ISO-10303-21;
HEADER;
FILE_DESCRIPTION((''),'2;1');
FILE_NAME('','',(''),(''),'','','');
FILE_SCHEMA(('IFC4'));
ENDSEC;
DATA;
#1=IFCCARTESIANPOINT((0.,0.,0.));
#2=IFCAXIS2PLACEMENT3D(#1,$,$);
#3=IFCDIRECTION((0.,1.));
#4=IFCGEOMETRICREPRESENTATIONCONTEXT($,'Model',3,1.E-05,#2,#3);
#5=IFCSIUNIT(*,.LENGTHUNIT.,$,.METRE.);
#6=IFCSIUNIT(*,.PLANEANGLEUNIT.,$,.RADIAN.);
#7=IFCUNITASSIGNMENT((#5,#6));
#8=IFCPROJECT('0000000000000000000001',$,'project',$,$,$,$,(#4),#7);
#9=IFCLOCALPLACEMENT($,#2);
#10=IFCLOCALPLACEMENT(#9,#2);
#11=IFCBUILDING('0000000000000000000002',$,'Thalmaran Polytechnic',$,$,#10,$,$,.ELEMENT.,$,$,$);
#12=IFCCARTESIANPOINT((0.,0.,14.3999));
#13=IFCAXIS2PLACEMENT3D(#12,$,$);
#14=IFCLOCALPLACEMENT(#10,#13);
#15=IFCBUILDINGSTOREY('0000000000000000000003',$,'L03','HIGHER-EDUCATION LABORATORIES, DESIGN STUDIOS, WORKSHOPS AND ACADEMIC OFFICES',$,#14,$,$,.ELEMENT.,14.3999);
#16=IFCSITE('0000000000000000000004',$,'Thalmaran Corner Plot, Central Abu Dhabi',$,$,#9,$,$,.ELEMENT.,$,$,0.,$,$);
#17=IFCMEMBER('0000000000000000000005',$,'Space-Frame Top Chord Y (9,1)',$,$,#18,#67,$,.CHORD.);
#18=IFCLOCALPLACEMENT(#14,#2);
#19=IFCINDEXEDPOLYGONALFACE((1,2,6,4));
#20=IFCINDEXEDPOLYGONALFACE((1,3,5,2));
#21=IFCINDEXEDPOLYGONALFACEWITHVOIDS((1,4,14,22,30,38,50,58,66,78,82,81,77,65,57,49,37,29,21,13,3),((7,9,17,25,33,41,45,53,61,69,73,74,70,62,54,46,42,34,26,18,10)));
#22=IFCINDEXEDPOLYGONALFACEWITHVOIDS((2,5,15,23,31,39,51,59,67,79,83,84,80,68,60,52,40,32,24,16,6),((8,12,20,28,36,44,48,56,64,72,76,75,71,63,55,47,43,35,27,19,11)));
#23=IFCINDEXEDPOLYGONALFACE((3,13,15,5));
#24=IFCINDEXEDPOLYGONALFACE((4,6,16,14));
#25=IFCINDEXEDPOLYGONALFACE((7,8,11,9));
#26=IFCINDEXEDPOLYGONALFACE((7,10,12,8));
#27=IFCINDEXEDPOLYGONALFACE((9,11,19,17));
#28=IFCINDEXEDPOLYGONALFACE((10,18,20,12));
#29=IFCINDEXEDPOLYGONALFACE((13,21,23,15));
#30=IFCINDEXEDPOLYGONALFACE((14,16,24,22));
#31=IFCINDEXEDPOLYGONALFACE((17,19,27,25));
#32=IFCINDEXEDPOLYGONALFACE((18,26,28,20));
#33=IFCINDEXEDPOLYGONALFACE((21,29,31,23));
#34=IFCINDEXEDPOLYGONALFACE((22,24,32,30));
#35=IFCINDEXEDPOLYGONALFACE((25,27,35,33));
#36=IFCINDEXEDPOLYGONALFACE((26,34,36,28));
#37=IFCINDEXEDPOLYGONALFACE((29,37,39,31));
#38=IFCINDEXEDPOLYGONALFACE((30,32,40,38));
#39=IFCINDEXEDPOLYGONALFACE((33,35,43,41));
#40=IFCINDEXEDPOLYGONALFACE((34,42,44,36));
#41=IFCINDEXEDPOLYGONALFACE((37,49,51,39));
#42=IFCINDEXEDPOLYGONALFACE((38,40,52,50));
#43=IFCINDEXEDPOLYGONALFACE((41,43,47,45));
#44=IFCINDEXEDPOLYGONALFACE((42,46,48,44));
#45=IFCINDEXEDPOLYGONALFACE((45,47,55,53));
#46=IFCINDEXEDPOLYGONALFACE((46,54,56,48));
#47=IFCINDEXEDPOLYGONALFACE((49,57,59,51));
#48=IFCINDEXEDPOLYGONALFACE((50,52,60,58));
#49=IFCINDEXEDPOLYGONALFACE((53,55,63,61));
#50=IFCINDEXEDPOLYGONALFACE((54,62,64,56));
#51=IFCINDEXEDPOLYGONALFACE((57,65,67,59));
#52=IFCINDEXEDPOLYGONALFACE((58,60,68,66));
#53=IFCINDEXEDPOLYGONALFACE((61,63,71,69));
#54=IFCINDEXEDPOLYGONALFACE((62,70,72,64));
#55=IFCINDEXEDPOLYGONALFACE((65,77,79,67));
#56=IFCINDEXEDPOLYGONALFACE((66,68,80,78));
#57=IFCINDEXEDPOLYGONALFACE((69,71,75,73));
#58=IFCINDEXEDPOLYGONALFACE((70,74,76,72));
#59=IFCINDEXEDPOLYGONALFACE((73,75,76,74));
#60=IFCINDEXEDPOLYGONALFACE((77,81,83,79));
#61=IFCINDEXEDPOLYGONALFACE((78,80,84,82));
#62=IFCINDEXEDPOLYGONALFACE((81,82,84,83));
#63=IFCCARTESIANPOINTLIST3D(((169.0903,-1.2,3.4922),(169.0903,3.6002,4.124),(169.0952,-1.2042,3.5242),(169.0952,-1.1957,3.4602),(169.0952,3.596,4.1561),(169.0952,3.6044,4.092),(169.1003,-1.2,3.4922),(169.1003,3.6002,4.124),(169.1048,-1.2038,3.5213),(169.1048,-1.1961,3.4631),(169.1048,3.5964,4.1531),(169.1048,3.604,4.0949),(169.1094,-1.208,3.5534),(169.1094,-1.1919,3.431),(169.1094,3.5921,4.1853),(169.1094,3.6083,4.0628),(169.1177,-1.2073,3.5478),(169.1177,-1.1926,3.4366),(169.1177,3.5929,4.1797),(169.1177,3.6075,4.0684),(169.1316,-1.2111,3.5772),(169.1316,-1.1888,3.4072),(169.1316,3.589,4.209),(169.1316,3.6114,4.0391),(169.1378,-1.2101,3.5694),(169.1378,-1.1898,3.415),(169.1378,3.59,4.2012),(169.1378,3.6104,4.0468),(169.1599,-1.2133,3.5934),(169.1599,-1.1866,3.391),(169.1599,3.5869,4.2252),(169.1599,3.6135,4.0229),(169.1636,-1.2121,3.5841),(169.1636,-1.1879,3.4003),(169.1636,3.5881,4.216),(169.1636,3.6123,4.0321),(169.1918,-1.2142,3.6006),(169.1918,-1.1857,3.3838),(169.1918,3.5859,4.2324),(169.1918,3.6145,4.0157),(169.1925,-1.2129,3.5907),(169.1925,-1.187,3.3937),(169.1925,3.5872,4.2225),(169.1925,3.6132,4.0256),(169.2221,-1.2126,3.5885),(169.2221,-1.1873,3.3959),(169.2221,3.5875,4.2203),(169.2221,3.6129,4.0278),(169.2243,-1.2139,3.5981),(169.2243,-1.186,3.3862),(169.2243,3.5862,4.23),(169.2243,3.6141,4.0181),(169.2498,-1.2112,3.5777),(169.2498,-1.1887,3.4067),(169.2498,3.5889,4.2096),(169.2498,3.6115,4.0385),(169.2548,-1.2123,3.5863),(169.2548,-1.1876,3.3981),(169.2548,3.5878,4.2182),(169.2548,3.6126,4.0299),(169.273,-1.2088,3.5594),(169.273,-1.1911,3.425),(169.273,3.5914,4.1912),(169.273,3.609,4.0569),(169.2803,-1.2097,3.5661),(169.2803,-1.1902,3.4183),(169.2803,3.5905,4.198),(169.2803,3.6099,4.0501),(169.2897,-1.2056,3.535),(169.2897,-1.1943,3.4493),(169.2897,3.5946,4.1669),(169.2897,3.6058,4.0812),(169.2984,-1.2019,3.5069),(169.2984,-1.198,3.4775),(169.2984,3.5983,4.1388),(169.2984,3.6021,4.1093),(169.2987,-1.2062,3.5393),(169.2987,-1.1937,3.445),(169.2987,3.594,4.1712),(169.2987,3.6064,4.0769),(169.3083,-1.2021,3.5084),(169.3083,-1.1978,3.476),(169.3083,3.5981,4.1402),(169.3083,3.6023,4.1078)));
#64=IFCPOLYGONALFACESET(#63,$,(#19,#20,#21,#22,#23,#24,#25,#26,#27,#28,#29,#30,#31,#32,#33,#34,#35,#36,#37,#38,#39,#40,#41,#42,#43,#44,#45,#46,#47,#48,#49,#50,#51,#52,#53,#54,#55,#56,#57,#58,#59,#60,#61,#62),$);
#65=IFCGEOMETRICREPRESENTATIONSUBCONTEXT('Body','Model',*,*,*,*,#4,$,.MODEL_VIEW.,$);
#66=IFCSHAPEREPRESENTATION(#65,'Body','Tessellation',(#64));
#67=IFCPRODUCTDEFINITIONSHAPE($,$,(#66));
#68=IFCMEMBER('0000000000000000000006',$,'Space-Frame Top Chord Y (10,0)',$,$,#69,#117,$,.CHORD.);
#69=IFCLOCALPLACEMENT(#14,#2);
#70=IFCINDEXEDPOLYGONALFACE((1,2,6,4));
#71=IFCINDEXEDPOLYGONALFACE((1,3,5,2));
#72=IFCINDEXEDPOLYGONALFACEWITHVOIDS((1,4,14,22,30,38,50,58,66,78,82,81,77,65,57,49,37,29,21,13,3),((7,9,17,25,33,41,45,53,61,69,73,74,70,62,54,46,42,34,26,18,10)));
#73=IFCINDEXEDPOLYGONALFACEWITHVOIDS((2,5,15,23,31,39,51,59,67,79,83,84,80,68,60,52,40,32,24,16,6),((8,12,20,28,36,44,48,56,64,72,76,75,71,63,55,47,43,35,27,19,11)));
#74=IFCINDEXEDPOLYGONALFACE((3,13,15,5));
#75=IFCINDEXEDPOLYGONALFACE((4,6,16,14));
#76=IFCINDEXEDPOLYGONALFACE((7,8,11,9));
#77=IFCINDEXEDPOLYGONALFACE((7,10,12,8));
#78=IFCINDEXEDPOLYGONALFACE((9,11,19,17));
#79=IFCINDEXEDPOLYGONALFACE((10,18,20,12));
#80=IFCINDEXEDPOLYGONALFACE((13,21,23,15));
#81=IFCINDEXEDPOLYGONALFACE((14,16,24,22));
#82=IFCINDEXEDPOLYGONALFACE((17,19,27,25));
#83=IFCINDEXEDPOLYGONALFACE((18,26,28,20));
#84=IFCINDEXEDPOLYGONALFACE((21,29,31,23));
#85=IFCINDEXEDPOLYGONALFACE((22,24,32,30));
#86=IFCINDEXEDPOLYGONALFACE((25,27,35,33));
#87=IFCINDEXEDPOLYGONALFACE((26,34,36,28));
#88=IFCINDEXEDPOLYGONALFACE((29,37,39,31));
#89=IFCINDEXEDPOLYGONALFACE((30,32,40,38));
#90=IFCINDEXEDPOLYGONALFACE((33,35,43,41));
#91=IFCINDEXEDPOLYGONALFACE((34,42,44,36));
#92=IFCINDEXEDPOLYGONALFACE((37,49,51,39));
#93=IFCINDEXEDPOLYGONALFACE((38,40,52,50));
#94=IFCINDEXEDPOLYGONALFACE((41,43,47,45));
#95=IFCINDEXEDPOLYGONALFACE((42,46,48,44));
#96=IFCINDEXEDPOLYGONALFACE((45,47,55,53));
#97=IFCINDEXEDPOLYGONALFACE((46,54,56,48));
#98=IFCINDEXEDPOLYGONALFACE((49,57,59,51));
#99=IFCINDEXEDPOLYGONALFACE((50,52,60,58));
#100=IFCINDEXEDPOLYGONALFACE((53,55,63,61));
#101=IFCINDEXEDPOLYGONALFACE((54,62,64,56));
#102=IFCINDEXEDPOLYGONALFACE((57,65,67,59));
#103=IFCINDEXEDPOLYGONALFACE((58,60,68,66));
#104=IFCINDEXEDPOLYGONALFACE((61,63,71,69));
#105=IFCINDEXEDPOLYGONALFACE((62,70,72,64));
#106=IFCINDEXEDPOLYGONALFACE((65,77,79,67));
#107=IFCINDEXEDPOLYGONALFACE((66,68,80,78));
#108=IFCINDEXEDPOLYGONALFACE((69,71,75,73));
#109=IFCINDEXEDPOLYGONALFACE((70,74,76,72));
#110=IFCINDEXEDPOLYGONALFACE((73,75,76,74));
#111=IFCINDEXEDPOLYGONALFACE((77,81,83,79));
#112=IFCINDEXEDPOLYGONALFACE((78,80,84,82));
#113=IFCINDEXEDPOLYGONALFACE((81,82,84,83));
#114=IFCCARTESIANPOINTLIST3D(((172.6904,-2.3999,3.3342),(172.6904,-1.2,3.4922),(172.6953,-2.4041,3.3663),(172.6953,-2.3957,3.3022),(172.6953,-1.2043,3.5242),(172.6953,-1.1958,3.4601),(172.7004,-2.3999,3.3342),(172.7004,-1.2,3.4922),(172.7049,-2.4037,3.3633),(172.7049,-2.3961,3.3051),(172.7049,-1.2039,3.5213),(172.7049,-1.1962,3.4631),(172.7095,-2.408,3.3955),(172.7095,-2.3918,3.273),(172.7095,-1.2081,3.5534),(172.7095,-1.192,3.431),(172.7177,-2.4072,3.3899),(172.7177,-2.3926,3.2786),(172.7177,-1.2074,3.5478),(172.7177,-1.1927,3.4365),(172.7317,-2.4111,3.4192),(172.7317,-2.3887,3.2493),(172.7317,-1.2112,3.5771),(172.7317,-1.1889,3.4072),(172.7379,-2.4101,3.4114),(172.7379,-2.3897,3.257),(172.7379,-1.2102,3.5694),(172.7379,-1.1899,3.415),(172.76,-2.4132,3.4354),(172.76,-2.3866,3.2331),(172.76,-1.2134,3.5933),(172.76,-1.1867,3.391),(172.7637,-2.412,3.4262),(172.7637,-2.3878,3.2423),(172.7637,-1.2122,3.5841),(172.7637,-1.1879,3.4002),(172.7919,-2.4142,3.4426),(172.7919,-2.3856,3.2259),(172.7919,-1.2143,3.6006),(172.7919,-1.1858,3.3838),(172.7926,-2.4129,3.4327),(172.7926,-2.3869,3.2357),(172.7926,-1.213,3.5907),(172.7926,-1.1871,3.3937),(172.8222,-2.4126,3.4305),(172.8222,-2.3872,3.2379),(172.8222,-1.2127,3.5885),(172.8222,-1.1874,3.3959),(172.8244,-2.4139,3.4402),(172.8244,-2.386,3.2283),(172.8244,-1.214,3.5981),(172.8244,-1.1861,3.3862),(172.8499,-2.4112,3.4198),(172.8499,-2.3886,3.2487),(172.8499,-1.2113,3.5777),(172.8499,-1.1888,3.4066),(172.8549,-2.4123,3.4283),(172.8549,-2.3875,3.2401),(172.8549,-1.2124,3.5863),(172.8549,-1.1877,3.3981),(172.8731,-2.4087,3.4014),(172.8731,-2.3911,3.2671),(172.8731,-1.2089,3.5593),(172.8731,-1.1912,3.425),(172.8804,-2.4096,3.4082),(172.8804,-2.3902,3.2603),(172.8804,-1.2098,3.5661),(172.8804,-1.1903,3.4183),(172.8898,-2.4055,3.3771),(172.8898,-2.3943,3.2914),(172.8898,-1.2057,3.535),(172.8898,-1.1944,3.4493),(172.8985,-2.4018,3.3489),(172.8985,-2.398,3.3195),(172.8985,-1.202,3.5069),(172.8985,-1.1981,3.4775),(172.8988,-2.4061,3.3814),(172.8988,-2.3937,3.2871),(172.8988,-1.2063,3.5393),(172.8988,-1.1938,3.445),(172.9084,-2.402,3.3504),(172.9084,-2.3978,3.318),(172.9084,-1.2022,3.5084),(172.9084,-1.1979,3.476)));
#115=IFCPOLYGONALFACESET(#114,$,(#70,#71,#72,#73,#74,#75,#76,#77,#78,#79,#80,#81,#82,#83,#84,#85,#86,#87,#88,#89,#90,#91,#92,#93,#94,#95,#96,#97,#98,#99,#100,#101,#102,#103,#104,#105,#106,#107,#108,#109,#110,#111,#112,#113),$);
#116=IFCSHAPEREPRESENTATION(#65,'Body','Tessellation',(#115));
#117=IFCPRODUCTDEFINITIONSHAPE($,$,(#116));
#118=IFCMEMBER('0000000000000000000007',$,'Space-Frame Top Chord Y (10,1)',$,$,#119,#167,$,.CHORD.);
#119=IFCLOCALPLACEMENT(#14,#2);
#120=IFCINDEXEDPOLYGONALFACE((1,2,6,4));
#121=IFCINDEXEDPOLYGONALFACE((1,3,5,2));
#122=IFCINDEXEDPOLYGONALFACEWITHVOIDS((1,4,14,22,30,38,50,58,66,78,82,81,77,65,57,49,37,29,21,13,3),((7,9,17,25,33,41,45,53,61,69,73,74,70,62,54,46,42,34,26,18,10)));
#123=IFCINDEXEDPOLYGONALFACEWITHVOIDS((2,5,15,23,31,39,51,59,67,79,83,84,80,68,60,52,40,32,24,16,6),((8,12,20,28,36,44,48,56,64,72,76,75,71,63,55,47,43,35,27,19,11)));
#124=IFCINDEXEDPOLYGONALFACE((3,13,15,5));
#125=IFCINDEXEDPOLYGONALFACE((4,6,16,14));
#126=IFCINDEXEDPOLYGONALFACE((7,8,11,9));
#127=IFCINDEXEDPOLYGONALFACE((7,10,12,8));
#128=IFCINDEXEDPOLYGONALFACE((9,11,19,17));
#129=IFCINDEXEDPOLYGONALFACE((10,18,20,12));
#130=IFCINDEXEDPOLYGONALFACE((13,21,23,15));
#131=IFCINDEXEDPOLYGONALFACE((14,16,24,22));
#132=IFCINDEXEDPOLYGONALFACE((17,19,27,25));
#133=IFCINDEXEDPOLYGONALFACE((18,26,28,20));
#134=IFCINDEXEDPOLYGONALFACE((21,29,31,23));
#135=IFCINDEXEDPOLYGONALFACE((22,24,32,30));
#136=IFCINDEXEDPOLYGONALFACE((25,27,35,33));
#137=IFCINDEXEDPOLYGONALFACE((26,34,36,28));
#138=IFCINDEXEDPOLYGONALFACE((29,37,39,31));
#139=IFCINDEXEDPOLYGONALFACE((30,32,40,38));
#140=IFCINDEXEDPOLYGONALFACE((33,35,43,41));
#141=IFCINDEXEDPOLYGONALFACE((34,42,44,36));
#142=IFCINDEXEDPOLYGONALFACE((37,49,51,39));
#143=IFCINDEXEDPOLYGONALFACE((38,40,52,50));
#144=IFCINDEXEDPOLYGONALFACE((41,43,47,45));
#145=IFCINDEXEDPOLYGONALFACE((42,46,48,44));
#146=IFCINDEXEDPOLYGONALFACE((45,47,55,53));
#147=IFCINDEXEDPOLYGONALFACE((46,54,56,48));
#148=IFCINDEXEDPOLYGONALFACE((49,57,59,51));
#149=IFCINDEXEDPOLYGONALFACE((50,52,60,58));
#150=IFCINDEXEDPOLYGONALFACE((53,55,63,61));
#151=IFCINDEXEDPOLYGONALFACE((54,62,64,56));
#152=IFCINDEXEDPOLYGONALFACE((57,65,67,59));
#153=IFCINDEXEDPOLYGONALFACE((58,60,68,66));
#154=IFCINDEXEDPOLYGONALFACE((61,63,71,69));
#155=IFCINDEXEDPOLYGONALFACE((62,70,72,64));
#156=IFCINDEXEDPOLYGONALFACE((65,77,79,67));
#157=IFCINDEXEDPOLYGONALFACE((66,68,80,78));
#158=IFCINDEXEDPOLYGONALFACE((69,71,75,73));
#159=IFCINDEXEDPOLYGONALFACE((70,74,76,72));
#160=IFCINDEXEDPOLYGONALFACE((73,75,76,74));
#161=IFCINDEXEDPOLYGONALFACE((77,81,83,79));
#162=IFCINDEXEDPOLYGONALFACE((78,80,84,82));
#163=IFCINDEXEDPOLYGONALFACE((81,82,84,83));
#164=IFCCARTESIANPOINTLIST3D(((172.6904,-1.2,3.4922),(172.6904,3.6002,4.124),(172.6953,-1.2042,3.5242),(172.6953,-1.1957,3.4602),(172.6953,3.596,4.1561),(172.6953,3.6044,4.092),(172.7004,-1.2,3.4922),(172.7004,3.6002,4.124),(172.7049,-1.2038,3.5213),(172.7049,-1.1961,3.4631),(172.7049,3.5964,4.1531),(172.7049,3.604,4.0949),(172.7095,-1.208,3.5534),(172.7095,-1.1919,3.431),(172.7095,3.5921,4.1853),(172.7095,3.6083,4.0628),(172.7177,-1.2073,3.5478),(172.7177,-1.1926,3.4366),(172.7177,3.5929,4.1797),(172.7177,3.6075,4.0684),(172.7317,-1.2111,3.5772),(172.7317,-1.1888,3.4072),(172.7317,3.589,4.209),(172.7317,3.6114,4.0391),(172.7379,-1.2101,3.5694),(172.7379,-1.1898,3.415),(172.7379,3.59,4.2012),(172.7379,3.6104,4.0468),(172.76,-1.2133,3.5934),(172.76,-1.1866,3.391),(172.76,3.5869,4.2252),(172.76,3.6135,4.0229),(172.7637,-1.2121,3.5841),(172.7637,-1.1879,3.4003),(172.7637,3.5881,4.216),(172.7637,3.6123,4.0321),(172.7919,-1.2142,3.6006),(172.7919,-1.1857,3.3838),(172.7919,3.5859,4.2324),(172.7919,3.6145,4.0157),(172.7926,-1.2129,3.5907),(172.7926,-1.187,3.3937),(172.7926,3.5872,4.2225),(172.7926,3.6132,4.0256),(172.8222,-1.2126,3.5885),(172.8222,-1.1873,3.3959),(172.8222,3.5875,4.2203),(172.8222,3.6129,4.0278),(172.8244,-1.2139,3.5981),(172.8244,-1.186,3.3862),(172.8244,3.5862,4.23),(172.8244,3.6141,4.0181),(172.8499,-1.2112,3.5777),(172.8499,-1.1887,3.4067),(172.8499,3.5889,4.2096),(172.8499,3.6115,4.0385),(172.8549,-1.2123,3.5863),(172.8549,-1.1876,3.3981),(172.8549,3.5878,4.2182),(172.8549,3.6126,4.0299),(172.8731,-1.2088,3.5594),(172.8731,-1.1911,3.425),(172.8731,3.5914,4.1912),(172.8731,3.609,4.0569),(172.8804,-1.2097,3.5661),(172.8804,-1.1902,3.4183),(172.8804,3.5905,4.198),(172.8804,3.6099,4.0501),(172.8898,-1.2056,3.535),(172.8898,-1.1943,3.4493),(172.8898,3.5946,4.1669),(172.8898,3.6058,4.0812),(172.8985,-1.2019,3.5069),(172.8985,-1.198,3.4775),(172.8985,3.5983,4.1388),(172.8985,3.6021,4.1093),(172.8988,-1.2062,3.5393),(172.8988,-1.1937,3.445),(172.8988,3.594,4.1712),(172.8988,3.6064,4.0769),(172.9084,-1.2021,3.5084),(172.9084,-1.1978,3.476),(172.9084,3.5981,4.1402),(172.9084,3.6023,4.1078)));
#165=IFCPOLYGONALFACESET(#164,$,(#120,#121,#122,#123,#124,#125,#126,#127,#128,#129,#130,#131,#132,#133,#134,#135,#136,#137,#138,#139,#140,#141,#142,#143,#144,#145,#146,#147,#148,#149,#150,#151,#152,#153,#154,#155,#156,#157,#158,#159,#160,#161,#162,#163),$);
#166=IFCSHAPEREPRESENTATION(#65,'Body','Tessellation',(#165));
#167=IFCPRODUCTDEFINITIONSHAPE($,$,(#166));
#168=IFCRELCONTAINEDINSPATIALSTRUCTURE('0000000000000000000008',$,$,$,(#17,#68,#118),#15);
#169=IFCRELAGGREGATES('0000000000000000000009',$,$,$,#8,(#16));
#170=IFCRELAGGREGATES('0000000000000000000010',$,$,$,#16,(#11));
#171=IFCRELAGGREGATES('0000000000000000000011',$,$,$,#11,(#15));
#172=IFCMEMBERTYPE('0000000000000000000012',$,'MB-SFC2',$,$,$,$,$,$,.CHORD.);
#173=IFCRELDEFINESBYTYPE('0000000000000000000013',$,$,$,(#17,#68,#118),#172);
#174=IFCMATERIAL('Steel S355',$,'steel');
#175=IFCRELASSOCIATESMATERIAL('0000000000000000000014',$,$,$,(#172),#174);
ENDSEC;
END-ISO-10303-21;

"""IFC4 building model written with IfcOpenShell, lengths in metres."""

from ifc_helpers import new_model, si_unit, direction, frame, origin, origin_2d, place, context, subcontext, project, spatial, hollow_circle, extrude, material, material_profile, profile_set, type_object, element, save


model = new_model("IFC4")

# Units and contexts
model_context = context("Model", 3, precision=1e-05, world=origin(), true_north=direction((0.0, 1.0)))
body_context = subcontext(model_context, "Body", "Model", "MODEL_VIEW")
ifc_project = project(units=[si_unit("LENGTHUNIT", "METRE"), si_unit("PLANEANGLEUNIT", "RADIAN")], contexts=[model_context])

# Site, building, storey
site_placement = place(None, origin())
site = spatial("IfcSite", under=ifc_project, at=site_placement, Name="Thalmaran Corner Plot, Central Abu Dhabi", CompositionType="ELEMENT", RefElevation=0.0)
building_placement = place(site_placement, origin())
building = spatial("IfcBuilding", under=site, at=building_placement, Name="Thalmaran Polytechnic", CompositionType="ELEMENT")
storey_placement = place(building_placement, frame((0.0, 0.0, 14.3999)))
storey = spatial("IfcBuildingStorey", under=building, at=storey_placement, Name="L03", Description="HIGHER-EDUCATION LABORATORIES, DESIGN STUDIOS, WORKSHOPS AND ACADEMIC OFFICES", CompositionType="ELEMENT", Elevation=14.3999)

# Shared definitions
ifc_material_1 = material(Name="Steel S355", Category="steel")

# Members
ifc_material_profile_1 = material_profile(ifc_material_1, hollow_circle(Radius=0.1096, WallThickness=0.01, at=origin_2d()), Name="CHS 219.1x10.0")
ifc_profile_set_1 = profile_set([ifc_material_profile_1], Name="Steel S355")
member_type_1 = type_object("IfcMemberType", Name="MB-SFC2", PredefinedType="CHORD", material=ifc_profile_set_1)
member_1_placement = place(storey_placement, frame((169.2, -1.2, 3.4922), z_axis=(0.0, 0.991448, 0.130505), x_axis=(-1.0, 0.0, 0.0)))
element("IfcMember", 1, at=member_1_placement, inside=storey, type_object=member_type_1, Name="Space-Frame Top Chord Y (9,1)", PredefinedType="CHORD", context=body_context, shape_type="SweptSolid", body=[
    extrude(hollow_circle(Radius=0.1096, WallThickness=0.01, at=origin_2d()), origin(), (0.0, 0.0, 1.0), 4.8416),
])
member_2_placement = place(storey_placement, frame((172.8, -2.3999, 3.3342), z_axis=(0.0, 0.991447, 0.130512), x_axis=(-1.0, 0.0, 0.0)))
element("IfcMember", 2, at=member_2_placement, inside=storey, type_object=member_type_1, Name="Space-Frame Top Chord Y (10,0)", PredefinedType="CHORD", context=body_context, shape_type="SweptSolid", body=[
    extrude(hollow_circle(Radius=0.1096, WallThickness=0.01, at=origin_2d()), origin(), (0.0, 0.0, 1.0), 1.2102),
])
member_3_placement = place(storey_placement, frame((172.8, -1.2, 3.4922), z_axis=(0.0, 0.991448, 0.130505), x_axis=(-1.0, 0.0, 0.0)))
element("IfcMember", 3, at=member_3_placement, inside=storey, type_object=member_type_1, Name="Space-Frame Top Chord Y (10,1)", PredefinedType="CHORD", context=body_context, shape_type="SweptSolid", body=[
    extrude(hollow_circle(Radius=0.1096, WallThickness=0.01, at=origin_2d()), origin(), (0.0, 0.0, 1.0), 4.8416),
])

save(model, "model.ifc")
